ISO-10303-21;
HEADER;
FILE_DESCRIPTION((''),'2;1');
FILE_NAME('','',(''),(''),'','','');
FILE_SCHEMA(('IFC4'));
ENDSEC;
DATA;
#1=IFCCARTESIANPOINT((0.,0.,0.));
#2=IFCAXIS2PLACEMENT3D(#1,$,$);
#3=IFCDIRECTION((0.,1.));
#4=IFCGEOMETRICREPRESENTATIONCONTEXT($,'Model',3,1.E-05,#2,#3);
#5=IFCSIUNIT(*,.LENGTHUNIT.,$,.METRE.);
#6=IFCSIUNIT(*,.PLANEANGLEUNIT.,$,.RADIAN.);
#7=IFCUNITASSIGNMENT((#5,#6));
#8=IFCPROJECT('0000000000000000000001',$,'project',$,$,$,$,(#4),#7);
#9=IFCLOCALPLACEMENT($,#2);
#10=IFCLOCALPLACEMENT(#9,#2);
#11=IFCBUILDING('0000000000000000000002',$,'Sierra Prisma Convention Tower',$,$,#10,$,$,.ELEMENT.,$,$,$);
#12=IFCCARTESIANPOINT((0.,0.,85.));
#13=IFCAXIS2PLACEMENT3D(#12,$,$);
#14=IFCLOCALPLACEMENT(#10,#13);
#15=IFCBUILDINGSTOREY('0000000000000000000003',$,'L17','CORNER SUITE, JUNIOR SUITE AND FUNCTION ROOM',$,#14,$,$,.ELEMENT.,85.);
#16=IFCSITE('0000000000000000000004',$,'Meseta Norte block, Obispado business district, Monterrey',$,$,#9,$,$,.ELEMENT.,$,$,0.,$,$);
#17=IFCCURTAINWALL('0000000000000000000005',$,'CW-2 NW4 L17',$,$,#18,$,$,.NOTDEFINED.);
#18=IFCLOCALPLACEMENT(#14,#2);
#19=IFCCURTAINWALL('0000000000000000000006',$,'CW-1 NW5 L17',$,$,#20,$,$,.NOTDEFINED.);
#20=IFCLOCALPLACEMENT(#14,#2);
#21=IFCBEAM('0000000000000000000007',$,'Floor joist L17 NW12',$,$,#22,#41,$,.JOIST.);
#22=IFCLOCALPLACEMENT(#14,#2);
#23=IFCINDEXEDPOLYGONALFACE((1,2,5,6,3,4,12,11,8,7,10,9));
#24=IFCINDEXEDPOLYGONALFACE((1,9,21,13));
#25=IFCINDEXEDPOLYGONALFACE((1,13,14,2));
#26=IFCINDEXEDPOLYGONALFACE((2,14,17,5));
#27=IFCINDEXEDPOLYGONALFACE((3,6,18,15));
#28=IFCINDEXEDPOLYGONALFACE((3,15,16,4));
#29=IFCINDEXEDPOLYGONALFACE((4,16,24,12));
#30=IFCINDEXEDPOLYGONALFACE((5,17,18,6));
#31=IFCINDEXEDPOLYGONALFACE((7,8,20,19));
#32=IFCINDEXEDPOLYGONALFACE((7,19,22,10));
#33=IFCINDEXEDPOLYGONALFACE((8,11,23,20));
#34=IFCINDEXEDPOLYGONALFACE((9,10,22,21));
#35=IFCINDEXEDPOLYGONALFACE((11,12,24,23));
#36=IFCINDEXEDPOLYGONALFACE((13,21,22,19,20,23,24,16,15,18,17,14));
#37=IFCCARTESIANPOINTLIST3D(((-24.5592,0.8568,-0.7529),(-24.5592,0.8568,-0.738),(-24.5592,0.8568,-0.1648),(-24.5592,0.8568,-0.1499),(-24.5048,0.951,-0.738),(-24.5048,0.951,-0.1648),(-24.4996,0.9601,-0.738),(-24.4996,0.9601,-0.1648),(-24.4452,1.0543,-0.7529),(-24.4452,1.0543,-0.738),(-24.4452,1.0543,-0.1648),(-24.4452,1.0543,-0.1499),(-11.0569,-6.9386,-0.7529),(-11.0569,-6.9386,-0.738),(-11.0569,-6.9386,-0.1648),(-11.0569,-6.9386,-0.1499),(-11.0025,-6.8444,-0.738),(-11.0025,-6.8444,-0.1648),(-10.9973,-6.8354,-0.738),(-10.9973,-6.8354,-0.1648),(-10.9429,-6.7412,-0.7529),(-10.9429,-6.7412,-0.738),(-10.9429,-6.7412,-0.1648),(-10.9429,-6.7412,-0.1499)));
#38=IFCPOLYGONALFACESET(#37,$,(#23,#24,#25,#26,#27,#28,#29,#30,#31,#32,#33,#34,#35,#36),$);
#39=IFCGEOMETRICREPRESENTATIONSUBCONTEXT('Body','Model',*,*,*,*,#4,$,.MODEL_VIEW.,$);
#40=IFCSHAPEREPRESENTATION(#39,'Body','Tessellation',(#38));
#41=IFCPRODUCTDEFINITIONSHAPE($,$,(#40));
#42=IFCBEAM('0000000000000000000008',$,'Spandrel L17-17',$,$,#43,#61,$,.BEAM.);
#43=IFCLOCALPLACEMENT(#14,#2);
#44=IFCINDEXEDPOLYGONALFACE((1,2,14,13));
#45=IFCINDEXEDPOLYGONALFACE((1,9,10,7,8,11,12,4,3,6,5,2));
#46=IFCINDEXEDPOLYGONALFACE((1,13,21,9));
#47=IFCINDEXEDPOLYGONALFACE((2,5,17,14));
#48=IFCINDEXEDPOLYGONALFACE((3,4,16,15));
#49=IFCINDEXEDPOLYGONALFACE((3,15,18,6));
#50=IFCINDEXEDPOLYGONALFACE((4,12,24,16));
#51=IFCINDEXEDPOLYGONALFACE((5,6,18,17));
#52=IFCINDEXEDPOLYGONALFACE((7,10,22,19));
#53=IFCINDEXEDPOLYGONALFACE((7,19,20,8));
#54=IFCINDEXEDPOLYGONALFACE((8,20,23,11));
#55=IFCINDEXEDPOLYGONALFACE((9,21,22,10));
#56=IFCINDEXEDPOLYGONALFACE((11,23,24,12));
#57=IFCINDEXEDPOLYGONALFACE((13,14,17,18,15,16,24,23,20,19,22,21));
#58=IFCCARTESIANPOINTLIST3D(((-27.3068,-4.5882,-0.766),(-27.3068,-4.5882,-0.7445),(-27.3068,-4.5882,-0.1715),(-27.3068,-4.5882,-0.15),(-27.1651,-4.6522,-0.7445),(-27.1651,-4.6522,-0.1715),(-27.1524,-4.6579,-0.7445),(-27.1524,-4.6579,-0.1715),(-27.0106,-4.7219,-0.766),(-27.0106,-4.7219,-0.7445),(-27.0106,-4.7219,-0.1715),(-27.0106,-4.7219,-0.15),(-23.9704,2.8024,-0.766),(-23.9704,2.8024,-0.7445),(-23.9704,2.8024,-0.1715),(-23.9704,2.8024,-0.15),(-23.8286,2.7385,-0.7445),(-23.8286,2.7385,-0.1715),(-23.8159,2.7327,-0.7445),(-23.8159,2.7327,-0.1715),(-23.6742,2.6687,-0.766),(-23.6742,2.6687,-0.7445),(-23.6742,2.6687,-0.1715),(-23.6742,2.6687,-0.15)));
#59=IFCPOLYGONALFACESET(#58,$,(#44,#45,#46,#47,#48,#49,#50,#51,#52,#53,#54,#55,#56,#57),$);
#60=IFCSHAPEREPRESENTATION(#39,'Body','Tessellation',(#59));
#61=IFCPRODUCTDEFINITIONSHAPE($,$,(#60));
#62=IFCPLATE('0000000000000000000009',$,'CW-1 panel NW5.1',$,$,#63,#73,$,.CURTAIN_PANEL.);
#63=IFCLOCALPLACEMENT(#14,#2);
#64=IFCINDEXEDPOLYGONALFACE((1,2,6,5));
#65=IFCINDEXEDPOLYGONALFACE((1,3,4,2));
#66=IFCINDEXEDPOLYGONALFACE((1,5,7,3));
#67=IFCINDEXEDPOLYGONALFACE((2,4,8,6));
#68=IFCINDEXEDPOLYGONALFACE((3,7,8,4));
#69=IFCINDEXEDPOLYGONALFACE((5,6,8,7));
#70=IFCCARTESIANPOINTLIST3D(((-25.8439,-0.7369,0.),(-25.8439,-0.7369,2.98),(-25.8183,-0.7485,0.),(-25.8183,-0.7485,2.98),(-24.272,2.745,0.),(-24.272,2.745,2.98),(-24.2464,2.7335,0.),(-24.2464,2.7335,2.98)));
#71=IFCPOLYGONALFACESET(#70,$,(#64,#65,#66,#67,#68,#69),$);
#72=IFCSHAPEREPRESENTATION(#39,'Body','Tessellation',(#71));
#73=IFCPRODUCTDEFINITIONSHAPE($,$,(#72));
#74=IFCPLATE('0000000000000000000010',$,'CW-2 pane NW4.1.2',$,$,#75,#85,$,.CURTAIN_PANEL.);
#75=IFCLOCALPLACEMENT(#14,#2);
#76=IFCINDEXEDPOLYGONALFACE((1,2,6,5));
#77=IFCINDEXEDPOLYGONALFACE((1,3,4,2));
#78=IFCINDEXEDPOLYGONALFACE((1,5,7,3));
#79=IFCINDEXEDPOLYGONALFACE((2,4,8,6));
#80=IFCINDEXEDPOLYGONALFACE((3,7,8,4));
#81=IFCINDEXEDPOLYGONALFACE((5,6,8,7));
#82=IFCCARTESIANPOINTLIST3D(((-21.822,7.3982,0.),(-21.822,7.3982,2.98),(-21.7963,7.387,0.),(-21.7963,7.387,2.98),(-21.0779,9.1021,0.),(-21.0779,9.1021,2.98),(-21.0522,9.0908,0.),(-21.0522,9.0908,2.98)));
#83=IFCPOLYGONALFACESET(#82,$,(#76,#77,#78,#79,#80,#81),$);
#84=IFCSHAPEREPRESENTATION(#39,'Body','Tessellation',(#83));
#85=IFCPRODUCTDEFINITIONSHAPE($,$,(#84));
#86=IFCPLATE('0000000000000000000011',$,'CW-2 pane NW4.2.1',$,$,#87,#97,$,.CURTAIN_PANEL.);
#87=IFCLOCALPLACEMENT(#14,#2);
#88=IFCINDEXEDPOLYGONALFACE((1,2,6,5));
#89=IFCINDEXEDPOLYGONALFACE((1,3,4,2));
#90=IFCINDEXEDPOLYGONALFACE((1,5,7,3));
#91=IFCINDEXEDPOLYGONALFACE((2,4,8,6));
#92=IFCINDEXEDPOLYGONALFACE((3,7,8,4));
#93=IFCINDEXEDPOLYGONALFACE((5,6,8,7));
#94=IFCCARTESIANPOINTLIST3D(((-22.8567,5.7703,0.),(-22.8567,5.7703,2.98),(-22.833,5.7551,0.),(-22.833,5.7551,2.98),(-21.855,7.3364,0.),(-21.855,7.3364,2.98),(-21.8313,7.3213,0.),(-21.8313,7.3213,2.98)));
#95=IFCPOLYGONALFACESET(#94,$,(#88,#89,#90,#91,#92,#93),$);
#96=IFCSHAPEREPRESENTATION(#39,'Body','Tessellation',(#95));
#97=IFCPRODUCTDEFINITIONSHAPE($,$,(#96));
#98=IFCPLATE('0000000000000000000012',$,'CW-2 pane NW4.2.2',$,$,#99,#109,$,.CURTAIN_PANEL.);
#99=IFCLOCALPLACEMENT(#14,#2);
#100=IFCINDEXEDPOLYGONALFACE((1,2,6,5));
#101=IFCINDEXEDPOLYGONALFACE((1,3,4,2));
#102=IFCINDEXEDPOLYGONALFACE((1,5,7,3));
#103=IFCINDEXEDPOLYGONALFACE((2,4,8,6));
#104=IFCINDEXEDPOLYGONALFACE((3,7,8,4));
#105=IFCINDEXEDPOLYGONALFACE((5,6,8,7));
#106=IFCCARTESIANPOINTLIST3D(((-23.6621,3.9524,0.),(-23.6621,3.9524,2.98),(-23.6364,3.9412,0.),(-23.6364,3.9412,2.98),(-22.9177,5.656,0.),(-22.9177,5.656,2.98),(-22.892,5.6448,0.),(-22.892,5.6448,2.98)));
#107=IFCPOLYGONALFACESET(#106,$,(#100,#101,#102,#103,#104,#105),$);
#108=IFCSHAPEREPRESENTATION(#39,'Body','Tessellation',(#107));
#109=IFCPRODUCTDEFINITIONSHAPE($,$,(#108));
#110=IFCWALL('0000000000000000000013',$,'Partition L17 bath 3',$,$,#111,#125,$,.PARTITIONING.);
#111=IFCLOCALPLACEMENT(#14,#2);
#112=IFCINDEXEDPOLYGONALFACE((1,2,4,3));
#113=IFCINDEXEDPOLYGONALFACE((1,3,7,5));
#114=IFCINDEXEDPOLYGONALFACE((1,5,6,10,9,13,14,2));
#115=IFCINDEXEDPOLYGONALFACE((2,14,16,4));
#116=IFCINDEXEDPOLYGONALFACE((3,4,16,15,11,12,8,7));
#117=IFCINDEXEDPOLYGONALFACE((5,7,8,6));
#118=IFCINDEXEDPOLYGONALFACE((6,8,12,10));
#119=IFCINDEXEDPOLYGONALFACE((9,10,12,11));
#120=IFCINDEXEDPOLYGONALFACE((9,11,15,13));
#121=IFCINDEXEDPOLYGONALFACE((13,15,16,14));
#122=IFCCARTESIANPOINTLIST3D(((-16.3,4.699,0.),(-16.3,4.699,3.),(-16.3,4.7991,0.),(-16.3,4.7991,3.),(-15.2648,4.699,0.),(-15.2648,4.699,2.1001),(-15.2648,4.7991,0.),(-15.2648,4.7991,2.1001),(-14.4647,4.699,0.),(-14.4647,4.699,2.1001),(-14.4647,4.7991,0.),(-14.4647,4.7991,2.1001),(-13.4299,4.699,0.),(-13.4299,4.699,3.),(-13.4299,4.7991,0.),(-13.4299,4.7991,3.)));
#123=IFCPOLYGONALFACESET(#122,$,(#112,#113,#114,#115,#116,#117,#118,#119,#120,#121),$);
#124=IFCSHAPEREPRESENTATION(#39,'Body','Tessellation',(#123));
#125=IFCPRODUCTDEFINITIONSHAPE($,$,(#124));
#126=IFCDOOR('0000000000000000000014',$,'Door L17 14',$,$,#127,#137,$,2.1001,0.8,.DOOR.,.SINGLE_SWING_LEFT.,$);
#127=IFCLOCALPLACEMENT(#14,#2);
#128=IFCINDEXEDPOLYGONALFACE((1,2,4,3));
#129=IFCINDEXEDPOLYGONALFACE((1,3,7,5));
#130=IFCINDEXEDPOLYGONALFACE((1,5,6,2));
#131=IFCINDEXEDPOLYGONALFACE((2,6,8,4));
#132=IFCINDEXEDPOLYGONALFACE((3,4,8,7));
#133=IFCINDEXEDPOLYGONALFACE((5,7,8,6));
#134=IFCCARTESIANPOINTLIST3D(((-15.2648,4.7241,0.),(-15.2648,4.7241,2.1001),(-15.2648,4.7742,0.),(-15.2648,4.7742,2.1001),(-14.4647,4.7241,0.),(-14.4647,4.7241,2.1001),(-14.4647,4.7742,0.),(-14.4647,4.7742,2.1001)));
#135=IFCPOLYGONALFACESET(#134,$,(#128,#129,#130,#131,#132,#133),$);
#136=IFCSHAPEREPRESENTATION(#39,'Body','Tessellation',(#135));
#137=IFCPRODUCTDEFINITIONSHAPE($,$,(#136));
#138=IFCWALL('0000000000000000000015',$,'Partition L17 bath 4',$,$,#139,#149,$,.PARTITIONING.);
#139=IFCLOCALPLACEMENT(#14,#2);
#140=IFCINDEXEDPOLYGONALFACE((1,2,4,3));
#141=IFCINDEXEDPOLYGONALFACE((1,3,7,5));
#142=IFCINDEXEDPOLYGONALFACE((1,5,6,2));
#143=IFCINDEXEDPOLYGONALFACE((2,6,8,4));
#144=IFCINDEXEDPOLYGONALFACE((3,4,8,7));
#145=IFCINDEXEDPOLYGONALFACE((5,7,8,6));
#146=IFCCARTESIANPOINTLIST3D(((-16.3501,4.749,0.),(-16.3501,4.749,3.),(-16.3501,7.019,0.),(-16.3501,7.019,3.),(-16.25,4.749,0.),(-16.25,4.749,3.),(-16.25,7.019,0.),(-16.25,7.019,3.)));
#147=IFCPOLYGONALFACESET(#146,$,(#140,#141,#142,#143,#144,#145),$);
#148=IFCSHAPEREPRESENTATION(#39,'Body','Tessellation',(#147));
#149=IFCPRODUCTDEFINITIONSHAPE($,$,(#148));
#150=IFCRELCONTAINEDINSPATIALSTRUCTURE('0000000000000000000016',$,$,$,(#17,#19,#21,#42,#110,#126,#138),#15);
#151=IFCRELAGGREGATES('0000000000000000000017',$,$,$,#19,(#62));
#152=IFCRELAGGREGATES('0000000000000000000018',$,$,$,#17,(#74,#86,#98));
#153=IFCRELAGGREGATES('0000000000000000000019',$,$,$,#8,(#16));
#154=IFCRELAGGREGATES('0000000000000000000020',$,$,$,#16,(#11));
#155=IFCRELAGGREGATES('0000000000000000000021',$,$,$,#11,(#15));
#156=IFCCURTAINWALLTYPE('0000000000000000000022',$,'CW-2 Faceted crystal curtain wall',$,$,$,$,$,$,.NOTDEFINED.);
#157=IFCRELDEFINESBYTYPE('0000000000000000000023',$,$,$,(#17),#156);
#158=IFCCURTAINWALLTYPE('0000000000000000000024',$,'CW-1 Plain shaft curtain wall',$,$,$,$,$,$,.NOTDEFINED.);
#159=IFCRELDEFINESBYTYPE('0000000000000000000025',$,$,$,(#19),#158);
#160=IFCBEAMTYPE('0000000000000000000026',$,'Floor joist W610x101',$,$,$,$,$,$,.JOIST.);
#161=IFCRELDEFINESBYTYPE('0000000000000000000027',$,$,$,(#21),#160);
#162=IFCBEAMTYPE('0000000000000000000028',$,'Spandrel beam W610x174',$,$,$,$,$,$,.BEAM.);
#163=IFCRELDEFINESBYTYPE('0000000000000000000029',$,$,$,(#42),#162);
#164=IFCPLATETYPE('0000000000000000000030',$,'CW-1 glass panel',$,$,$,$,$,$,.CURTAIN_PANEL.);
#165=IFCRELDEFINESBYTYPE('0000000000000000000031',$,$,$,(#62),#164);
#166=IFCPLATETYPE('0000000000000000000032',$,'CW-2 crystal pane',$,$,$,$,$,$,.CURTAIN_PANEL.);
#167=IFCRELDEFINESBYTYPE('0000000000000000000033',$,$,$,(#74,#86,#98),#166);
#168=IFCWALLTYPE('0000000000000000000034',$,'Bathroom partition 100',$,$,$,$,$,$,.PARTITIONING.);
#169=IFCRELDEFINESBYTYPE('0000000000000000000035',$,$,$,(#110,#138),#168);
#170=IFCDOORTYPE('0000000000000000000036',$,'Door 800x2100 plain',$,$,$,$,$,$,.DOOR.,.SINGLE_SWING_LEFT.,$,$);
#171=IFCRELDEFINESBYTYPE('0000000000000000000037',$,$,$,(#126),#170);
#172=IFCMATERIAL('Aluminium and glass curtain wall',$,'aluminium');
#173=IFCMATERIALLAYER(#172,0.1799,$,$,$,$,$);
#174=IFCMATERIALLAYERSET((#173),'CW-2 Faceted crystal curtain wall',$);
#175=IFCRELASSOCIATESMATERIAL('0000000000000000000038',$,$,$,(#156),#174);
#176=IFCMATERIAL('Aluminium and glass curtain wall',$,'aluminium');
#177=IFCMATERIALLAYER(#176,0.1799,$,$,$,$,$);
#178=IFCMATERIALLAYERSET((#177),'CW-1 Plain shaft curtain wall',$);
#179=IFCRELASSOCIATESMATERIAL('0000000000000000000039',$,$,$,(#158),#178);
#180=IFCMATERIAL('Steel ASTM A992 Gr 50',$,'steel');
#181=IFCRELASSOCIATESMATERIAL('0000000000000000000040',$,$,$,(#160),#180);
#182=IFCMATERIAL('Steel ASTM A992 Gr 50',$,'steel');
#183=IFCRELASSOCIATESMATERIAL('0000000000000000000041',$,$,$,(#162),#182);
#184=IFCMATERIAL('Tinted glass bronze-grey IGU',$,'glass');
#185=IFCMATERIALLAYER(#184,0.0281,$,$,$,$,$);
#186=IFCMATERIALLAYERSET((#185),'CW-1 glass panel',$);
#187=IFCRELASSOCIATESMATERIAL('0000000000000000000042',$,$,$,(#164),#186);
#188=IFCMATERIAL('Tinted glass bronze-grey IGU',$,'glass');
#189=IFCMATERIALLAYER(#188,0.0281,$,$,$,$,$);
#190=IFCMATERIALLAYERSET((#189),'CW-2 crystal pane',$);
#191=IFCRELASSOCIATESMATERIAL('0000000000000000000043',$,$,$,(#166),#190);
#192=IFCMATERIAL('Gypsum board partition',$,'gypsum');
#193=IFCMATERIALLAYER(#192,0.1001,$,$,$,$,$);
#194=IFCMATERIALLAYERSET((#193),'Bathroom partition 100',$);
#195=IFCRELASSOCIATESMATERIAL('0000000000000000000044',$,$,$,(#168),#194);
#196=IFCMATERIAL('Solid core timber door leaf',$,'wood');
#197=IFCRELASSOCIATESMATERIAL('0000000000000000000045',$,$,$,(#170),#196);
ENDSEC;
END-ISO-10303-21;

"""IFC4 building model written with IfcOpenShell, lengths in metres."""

from ifc_helpers import new_model, si_unit, direction, frame, frame_2d, origin, origin_2d, place, context, subcontext, project, spatial, polyline, rectangle, i_section, outline, extrude, material, layer, layer_set, material_profile, profile_set, type_object, element, fill, aggregate, save


model = new_model("IFC4")

# Units and contexts
model_context = context("Model", 3, precision=1e-05, world=origin(), true_north=direction((0.0, 1.0)))
body_context = subcontext(model_context, "Body", "Model", "MODEL_VIEW")
ifc_project = project(units=[si_unit("LENGTHUNIT", "METRE"), si_unit("PLANEANGLEUNIT", "RADIAN")], contexts=[model_context])

# Site, building, storey
site_placement = place(None, origin())
site = spatial("IfcSite", under=ifc_project, at=site_placement, Name="Meseta Norte block, Obispado business district, Monterrey", CompositionType="ELEMENT", RefElevation=0.0)
building_placement = place(site_placement, origin())
building = spatial("IfcBuilding", under=site, at=building_placement, Name="Sierra Prisma Convention Tower", CompositionType="ELEMENT")
storey_placement = place(building_placement, frame((0.0, 0.0, 85.0)))
storey = spatial("IfcBuildingStorey", under=building, at=storey_placement, Name="L17", Description="CORNER SUITE, JUNIOR SUITE AND FUNCTION ROOM", CompositionType="ELEMENT", Elevation=85.0)

# Curtain wall
ifc_material_1 = material(Name="Aluminium and glass curtain wall", Category="aluminium")
ifc_layer_1 = layer(ifc_material_1, 0.1799)
ifc_layer_set_1 = layer_set([ifc_layer_1], Name="CW-2 Faceted crystal curtain wall")
curtain_wall_type_1 = type_object("IfcCurtainWallType", Name="CW-2 Faceted crystal curtain wall", PredefinedType="NOTDEFINED", material=ifc_layer_set_1)
curtain_wall_1_placement = place(storey_placement, origin())
curtain_wall_1 = element("IfcCurtainWall", 1, at=curtain_wall_1_placement, inside=storey, type_object=curtain_wall_type_1, Name="CW-2 NW4 L17", PredefinedType="NOTDEFINED")

# Curtain wall
ifc_material_2 = material(Name="Aluminium and glass curtain wall", Category="aluminium")
ifc_layer_2 = layer(ifc_material_2, 0.1799)
ifc_layer_set_2 = layer_set([ifc_layer_2], Name="CW-1 Plain shaft curtain wall")
curtain_wall_type_2 = type_object("IfcCurtainWallType", Name="CW-1 Plain shaft curtain wall", PredefinedType="NOTDEFINED", material=ifc_layer_set_2)
curtain_wall_2_placement = place(storey_placement, origin())
curtain_wall_2 = element("IfcCurtainWall", 2, at=curtain_wall_2_placement, inside=storey, type_object=curtain_wall_type_2, Name="CW-1 NW5 L17", PredefinedType="NOTDEFINED")

# Beams
ifc_material_3 = material(Name="Steel ASTM A992 Gr 50", Category="steel")
ifc_material_profile_1 = material_profile(ifc_material_3, i_section(OverallWidth=0.228, OverallDepth=0.603, WebThickness=0.0105, FlangeThickness=0.0149, at=origin_2d()), Name="W610x101")
ifc_profile_set_1 = profile_set([ifc_material_profile_1], Name="Steel ASTM A992 Gr 50")
beam_type_1 = type_object("IfcBeamType", Name="Floor joist W610x101", PredefinedType="JOIST", material=ifc_profile_set_1)
beam_1_placement = place(storey_placement, frame((-24.5022, 0.9556, -0.4514), z_axis=(0.866028, -0.499996, 0.0), x_axis=(0.499996, 0.866028, 0.0)))
element("IfcBeam", 3, at=beam_1_placement, inside=storey, type_object=beam_type_1, Name="Floor joist L17 NW12", PredefinedType="JOIST", context=body_context, shape_type="SweptSolid", body=[
    extrude(i_section(OverallWidth=0.228, OverallDepth=0.603, WebThickness=0.0105, FlangeThickness=0.0149, at=origin_2d()), origin(), (0.0, 0.0, 1.0), 15.5911),
])
ifc_material_4 = material(Name="Steel ASTM A992 Gr 50", Category="steel")
ifc_material_profile_2 = material_profile(ifc_material_4, i_section(OverallWidth=0.325, OverallDepth=0.616, WebThickness=0.0139, FlangeThickness=0.0215, at=origin_2d()), Name="W610x174")
ifc_profile_set_2 = profile_set([ifc_material_profile_2], Name="Steel ASTM A992 Gr 50")
beam_type_2 = type_object("IfcBeamType", Name="Spandrel beam W610x174", PredefinedType="BEAM", material=ifc_profile_set_2)
beam_2_placement = place(storey_placement, frame((-23.8223, 2.7356, -0.458), z_axis=(-0.411456, -0.91143, 0.0), x_axis=(0.91143, -0.411456, 0.0)))
element("IfcBeam", 4, at=beam_2_placement, inside=storey, type_object=beam_type_2, Name="Spandrel L17-17", PredefinedType="BEAM", context=body_context, shape_type="SweptSolid", body=[
    extrude(i_section(OverallWidth=0.325, OverallDepth=0.616, WebThickness=0.0139, FlangeThickness=0.0215, at=origin_2d()), origin(), (0.0, 0.0, 1.0), 8.1089),
])

# Plates
ifc_material_5 = material(Name="Tinted glass bronze-grey IGU", Category="glass")
ifc_layer_3 = layer(ifc_material_5, 0.0281)
ifc_layer_set_3 = layer_set([ifc_layer_3], Name="CW-1 glass panel")
plate_type_1 = type_object("IfcPlateType", Name="CW-1 glass panel", PredefinedType="CURTAIN_PANEL", material=ifc_layer_set_3)
plate_1_placement = place(storey_placement, frame((-25.0452, 0.9983, 0.0), z_axis=(0.0, 0.0, 1.0), x_axis=(-0.411458, -0.911429, 0.0)))
plate_1 = element("IfcPlate", 5, at=plate_1_placement, type_object=plate_type_1, Name="CW-1 panel NW5.1", PredefinedType="CURTAIN_PANEL", context=body_context, shape_type="SweptSolid", body=[
    extrude(rectangle(XDim=3.8203, YDim=0.0281, at=origin_2d()), origin(), (0.0, 0.0, 1.0), 2.98),
])
aggregate(curtain_wall_2, [plate_1])
ifc_material_6 = material(Name="Tinted glass bronze-grey IGU", Category="glass")
ifc_layer_4 = layer(ifc_material_6, 0.0281)
ifc_layer_set_4 = layer_set([ifc_layer_4], Name="CW-2 crystal pane")
plate_type_2 = type_object("IfcPlateType", Name="CW-2 crystal pane", PredefinedType="CURTAIN_PANEL", material=ifc_layer_set_4)
plate_2_placement = place(storey_placement, frame((-21.822, 7.3982, 0.0), z_axis=(-0.916413, 0.400233, 0.0), x_axis=(0.400233, 0.916413, 0.0)))
plate_2 = element("IfcPlate", 6, at=plate_2_placement, type_object=plate_type_2, Name="CW-2 pane NW4.1.2", PredefinedType="CURTAIN_PANEL", context=body_context, shape_type="SweptSolid", body=[
    extrude(outline(polyline([(0.0, 0.0), (1.8593, 0.0), (1.8593, -2.98), (0.0, -2.98), (0.0, 0.0)])), origin(), (0.0, 0.0, -1.0), 0.0281),
])
plate_3_placement = place(storey_placement, frame((-21.855, 7.3364, 0.0), z_axis=(-0.842426, 0.538811, 0.0), x_axis=(-0.538811, -0.842426, 0.0)))
plate_3 = element("IfcPlate", 7, at=plate_3_placement, type_object=plate_type_2, Name="CW-2 pane NW4.2.1", PredefinedType="CURTAIN_PANEL", context=body_context, shape_type="SweptSolid", body=[
    extrude(outline(polyline([(0.0, 0.0), (1.8591, 0.0), (1.8591, 2.98), (0.0, 2.98), (0.0, 0.0)])), origin(), (0.0, 0.0, -1.0), 0.0281),
])
plate_4_placement = place(storey_placement, frame((-23.6621, 3.9524, 0.0), z_axis=(-0.916344, 0.400392, 0.0), x_axis=(0.400392, 0.916344, 0.0)))
plate_4 = element("IfcPlate", 8, at=plate_4_placement, type_object=plate_type_2, Name="CW-2 pane NW4.2.2", PredefinedType="CURTAIN_PANEL", context=body_context, shape_type="SweptSolid", body=[
    extrude(outline(polyline([(0.0, 0.0), (1.8591, 0.0), (1.8591, -2.98), (0.0, -2.98), (0.0, 0.0)])), origin(), (0.0, 0.0, -1.0), 0.0281),
])
aggregate(curtain_wall_1, [plate_2, plate_3, plate_4])

# Wall, opening, door
ifc_material_7 = material(Name="Gypsum board partition", Category="gypsum")
ifc_layer_5 = layer(ifc_material_7, 0.1001)
ifc_layer_set_5 = layer_set([ifc_layer_5], Name="Bathroom partition 100")
wall_type_1 = type_object("IfcWallType", Name="Bathroom partition 100", PredefinedType="PARTITIONING", material=ifc_layer_set_5)
wall_1_placement = place(storey_placement, frame((-13.4299, 4.749, 0.0), z_axis=(0.0, 0.0, 1.0), x_axis=(-1.0, 0.0, 0.0)))
wall_1 = element("IfcWall", 9, at=wall_1_placement, inside=storey, type_object=wall_type_1, Name="Partition L17 bath 3", PredefinedType="PARTITIONING", context=body_context, shape_type="SweptSolid", body=[
    extrude(rectangle(XDim=2.8701, YDim=0.1001, at=frame_2d((1.4351, 0.0))), origin(), (0.0, 0.0, 1.0), 3.0),
])
opening_1_placement = place(wall_1_placement, frame((1.0349, 0.0, 0.0)))
opening_1 = element("IfcOpeningElement", 10, at=opening_1_placement, cuts=wall_1, PredefinedType="OPENING", context=body_context, shape_type="SweptSolid", body=[
    extrude(rectangle(XDim=0.8, YDim=2.1001, at=frame_2d((0.3999, 1.05))), frame((0.0, 0.05, 0.0), z_axis=(0.0, -1.0, 0.0), x_axis=(1.0, 0.0, 0.0)), (0.0, 0.0, 1.0), 0.1001),
])
ifc_material_8 = material(Name="Solid core timber door leaf", Category="wood")
door_type_1 = type_object("IfcDoorType", Name="Door 800x2100 plain", OperationType="SINGLE_SWING_LEFT", PredefinedType="DOOR", material=ifc_material_8)
door_1_placement = place(opening_1_placement, origin())
door_1 = element("IfcDoor", 11, at=door_1_placement, inside=storey, type_object=door_type_1, Name="Door L17 14", OperationType="SINGLE_SWING_LEFT", OverallHeight=2.1001, OverallWidth=0.8, PredefinedType="DOOR", context=body_context, shape_type="SweptSolid", body=[
    extrude(rectangle(XDim=0.8, YDim=2.1001, at=frame_2d((0.3999, 1.05))), frame((0.0, 0.0249, 0.0), z_axis=(0.0, -1.0, 0.0), x_axis=(1.0, 0.0, 0.0)), (0.0, 0.0, 1.0), 0.05),
])
fill(opening_1, door_1)

# Wall
wall_2_placement = place(storey_placement, frame((-16.3, 4.749, 0.0), z_axis=(0.0, 0.0, 1.0), x_axis=(0.0, 1.0, 0.0)))
element("IfcWall", 12, at=wall_2_placement, inside=storey, type_object=wall_type_1, Name="Partition L17 bath 4", PredefinedType="PARTITIONING", context=body_context, shape_type="SweptSolid", body=[
    extrude(rectangle(XDim=2.27, YDim=0.1001, at=frame_2d((1.135, 0.0))), origin(), (0.0, 0.0, 1.0), 3.0),
])

save(model, "model.ifc")
